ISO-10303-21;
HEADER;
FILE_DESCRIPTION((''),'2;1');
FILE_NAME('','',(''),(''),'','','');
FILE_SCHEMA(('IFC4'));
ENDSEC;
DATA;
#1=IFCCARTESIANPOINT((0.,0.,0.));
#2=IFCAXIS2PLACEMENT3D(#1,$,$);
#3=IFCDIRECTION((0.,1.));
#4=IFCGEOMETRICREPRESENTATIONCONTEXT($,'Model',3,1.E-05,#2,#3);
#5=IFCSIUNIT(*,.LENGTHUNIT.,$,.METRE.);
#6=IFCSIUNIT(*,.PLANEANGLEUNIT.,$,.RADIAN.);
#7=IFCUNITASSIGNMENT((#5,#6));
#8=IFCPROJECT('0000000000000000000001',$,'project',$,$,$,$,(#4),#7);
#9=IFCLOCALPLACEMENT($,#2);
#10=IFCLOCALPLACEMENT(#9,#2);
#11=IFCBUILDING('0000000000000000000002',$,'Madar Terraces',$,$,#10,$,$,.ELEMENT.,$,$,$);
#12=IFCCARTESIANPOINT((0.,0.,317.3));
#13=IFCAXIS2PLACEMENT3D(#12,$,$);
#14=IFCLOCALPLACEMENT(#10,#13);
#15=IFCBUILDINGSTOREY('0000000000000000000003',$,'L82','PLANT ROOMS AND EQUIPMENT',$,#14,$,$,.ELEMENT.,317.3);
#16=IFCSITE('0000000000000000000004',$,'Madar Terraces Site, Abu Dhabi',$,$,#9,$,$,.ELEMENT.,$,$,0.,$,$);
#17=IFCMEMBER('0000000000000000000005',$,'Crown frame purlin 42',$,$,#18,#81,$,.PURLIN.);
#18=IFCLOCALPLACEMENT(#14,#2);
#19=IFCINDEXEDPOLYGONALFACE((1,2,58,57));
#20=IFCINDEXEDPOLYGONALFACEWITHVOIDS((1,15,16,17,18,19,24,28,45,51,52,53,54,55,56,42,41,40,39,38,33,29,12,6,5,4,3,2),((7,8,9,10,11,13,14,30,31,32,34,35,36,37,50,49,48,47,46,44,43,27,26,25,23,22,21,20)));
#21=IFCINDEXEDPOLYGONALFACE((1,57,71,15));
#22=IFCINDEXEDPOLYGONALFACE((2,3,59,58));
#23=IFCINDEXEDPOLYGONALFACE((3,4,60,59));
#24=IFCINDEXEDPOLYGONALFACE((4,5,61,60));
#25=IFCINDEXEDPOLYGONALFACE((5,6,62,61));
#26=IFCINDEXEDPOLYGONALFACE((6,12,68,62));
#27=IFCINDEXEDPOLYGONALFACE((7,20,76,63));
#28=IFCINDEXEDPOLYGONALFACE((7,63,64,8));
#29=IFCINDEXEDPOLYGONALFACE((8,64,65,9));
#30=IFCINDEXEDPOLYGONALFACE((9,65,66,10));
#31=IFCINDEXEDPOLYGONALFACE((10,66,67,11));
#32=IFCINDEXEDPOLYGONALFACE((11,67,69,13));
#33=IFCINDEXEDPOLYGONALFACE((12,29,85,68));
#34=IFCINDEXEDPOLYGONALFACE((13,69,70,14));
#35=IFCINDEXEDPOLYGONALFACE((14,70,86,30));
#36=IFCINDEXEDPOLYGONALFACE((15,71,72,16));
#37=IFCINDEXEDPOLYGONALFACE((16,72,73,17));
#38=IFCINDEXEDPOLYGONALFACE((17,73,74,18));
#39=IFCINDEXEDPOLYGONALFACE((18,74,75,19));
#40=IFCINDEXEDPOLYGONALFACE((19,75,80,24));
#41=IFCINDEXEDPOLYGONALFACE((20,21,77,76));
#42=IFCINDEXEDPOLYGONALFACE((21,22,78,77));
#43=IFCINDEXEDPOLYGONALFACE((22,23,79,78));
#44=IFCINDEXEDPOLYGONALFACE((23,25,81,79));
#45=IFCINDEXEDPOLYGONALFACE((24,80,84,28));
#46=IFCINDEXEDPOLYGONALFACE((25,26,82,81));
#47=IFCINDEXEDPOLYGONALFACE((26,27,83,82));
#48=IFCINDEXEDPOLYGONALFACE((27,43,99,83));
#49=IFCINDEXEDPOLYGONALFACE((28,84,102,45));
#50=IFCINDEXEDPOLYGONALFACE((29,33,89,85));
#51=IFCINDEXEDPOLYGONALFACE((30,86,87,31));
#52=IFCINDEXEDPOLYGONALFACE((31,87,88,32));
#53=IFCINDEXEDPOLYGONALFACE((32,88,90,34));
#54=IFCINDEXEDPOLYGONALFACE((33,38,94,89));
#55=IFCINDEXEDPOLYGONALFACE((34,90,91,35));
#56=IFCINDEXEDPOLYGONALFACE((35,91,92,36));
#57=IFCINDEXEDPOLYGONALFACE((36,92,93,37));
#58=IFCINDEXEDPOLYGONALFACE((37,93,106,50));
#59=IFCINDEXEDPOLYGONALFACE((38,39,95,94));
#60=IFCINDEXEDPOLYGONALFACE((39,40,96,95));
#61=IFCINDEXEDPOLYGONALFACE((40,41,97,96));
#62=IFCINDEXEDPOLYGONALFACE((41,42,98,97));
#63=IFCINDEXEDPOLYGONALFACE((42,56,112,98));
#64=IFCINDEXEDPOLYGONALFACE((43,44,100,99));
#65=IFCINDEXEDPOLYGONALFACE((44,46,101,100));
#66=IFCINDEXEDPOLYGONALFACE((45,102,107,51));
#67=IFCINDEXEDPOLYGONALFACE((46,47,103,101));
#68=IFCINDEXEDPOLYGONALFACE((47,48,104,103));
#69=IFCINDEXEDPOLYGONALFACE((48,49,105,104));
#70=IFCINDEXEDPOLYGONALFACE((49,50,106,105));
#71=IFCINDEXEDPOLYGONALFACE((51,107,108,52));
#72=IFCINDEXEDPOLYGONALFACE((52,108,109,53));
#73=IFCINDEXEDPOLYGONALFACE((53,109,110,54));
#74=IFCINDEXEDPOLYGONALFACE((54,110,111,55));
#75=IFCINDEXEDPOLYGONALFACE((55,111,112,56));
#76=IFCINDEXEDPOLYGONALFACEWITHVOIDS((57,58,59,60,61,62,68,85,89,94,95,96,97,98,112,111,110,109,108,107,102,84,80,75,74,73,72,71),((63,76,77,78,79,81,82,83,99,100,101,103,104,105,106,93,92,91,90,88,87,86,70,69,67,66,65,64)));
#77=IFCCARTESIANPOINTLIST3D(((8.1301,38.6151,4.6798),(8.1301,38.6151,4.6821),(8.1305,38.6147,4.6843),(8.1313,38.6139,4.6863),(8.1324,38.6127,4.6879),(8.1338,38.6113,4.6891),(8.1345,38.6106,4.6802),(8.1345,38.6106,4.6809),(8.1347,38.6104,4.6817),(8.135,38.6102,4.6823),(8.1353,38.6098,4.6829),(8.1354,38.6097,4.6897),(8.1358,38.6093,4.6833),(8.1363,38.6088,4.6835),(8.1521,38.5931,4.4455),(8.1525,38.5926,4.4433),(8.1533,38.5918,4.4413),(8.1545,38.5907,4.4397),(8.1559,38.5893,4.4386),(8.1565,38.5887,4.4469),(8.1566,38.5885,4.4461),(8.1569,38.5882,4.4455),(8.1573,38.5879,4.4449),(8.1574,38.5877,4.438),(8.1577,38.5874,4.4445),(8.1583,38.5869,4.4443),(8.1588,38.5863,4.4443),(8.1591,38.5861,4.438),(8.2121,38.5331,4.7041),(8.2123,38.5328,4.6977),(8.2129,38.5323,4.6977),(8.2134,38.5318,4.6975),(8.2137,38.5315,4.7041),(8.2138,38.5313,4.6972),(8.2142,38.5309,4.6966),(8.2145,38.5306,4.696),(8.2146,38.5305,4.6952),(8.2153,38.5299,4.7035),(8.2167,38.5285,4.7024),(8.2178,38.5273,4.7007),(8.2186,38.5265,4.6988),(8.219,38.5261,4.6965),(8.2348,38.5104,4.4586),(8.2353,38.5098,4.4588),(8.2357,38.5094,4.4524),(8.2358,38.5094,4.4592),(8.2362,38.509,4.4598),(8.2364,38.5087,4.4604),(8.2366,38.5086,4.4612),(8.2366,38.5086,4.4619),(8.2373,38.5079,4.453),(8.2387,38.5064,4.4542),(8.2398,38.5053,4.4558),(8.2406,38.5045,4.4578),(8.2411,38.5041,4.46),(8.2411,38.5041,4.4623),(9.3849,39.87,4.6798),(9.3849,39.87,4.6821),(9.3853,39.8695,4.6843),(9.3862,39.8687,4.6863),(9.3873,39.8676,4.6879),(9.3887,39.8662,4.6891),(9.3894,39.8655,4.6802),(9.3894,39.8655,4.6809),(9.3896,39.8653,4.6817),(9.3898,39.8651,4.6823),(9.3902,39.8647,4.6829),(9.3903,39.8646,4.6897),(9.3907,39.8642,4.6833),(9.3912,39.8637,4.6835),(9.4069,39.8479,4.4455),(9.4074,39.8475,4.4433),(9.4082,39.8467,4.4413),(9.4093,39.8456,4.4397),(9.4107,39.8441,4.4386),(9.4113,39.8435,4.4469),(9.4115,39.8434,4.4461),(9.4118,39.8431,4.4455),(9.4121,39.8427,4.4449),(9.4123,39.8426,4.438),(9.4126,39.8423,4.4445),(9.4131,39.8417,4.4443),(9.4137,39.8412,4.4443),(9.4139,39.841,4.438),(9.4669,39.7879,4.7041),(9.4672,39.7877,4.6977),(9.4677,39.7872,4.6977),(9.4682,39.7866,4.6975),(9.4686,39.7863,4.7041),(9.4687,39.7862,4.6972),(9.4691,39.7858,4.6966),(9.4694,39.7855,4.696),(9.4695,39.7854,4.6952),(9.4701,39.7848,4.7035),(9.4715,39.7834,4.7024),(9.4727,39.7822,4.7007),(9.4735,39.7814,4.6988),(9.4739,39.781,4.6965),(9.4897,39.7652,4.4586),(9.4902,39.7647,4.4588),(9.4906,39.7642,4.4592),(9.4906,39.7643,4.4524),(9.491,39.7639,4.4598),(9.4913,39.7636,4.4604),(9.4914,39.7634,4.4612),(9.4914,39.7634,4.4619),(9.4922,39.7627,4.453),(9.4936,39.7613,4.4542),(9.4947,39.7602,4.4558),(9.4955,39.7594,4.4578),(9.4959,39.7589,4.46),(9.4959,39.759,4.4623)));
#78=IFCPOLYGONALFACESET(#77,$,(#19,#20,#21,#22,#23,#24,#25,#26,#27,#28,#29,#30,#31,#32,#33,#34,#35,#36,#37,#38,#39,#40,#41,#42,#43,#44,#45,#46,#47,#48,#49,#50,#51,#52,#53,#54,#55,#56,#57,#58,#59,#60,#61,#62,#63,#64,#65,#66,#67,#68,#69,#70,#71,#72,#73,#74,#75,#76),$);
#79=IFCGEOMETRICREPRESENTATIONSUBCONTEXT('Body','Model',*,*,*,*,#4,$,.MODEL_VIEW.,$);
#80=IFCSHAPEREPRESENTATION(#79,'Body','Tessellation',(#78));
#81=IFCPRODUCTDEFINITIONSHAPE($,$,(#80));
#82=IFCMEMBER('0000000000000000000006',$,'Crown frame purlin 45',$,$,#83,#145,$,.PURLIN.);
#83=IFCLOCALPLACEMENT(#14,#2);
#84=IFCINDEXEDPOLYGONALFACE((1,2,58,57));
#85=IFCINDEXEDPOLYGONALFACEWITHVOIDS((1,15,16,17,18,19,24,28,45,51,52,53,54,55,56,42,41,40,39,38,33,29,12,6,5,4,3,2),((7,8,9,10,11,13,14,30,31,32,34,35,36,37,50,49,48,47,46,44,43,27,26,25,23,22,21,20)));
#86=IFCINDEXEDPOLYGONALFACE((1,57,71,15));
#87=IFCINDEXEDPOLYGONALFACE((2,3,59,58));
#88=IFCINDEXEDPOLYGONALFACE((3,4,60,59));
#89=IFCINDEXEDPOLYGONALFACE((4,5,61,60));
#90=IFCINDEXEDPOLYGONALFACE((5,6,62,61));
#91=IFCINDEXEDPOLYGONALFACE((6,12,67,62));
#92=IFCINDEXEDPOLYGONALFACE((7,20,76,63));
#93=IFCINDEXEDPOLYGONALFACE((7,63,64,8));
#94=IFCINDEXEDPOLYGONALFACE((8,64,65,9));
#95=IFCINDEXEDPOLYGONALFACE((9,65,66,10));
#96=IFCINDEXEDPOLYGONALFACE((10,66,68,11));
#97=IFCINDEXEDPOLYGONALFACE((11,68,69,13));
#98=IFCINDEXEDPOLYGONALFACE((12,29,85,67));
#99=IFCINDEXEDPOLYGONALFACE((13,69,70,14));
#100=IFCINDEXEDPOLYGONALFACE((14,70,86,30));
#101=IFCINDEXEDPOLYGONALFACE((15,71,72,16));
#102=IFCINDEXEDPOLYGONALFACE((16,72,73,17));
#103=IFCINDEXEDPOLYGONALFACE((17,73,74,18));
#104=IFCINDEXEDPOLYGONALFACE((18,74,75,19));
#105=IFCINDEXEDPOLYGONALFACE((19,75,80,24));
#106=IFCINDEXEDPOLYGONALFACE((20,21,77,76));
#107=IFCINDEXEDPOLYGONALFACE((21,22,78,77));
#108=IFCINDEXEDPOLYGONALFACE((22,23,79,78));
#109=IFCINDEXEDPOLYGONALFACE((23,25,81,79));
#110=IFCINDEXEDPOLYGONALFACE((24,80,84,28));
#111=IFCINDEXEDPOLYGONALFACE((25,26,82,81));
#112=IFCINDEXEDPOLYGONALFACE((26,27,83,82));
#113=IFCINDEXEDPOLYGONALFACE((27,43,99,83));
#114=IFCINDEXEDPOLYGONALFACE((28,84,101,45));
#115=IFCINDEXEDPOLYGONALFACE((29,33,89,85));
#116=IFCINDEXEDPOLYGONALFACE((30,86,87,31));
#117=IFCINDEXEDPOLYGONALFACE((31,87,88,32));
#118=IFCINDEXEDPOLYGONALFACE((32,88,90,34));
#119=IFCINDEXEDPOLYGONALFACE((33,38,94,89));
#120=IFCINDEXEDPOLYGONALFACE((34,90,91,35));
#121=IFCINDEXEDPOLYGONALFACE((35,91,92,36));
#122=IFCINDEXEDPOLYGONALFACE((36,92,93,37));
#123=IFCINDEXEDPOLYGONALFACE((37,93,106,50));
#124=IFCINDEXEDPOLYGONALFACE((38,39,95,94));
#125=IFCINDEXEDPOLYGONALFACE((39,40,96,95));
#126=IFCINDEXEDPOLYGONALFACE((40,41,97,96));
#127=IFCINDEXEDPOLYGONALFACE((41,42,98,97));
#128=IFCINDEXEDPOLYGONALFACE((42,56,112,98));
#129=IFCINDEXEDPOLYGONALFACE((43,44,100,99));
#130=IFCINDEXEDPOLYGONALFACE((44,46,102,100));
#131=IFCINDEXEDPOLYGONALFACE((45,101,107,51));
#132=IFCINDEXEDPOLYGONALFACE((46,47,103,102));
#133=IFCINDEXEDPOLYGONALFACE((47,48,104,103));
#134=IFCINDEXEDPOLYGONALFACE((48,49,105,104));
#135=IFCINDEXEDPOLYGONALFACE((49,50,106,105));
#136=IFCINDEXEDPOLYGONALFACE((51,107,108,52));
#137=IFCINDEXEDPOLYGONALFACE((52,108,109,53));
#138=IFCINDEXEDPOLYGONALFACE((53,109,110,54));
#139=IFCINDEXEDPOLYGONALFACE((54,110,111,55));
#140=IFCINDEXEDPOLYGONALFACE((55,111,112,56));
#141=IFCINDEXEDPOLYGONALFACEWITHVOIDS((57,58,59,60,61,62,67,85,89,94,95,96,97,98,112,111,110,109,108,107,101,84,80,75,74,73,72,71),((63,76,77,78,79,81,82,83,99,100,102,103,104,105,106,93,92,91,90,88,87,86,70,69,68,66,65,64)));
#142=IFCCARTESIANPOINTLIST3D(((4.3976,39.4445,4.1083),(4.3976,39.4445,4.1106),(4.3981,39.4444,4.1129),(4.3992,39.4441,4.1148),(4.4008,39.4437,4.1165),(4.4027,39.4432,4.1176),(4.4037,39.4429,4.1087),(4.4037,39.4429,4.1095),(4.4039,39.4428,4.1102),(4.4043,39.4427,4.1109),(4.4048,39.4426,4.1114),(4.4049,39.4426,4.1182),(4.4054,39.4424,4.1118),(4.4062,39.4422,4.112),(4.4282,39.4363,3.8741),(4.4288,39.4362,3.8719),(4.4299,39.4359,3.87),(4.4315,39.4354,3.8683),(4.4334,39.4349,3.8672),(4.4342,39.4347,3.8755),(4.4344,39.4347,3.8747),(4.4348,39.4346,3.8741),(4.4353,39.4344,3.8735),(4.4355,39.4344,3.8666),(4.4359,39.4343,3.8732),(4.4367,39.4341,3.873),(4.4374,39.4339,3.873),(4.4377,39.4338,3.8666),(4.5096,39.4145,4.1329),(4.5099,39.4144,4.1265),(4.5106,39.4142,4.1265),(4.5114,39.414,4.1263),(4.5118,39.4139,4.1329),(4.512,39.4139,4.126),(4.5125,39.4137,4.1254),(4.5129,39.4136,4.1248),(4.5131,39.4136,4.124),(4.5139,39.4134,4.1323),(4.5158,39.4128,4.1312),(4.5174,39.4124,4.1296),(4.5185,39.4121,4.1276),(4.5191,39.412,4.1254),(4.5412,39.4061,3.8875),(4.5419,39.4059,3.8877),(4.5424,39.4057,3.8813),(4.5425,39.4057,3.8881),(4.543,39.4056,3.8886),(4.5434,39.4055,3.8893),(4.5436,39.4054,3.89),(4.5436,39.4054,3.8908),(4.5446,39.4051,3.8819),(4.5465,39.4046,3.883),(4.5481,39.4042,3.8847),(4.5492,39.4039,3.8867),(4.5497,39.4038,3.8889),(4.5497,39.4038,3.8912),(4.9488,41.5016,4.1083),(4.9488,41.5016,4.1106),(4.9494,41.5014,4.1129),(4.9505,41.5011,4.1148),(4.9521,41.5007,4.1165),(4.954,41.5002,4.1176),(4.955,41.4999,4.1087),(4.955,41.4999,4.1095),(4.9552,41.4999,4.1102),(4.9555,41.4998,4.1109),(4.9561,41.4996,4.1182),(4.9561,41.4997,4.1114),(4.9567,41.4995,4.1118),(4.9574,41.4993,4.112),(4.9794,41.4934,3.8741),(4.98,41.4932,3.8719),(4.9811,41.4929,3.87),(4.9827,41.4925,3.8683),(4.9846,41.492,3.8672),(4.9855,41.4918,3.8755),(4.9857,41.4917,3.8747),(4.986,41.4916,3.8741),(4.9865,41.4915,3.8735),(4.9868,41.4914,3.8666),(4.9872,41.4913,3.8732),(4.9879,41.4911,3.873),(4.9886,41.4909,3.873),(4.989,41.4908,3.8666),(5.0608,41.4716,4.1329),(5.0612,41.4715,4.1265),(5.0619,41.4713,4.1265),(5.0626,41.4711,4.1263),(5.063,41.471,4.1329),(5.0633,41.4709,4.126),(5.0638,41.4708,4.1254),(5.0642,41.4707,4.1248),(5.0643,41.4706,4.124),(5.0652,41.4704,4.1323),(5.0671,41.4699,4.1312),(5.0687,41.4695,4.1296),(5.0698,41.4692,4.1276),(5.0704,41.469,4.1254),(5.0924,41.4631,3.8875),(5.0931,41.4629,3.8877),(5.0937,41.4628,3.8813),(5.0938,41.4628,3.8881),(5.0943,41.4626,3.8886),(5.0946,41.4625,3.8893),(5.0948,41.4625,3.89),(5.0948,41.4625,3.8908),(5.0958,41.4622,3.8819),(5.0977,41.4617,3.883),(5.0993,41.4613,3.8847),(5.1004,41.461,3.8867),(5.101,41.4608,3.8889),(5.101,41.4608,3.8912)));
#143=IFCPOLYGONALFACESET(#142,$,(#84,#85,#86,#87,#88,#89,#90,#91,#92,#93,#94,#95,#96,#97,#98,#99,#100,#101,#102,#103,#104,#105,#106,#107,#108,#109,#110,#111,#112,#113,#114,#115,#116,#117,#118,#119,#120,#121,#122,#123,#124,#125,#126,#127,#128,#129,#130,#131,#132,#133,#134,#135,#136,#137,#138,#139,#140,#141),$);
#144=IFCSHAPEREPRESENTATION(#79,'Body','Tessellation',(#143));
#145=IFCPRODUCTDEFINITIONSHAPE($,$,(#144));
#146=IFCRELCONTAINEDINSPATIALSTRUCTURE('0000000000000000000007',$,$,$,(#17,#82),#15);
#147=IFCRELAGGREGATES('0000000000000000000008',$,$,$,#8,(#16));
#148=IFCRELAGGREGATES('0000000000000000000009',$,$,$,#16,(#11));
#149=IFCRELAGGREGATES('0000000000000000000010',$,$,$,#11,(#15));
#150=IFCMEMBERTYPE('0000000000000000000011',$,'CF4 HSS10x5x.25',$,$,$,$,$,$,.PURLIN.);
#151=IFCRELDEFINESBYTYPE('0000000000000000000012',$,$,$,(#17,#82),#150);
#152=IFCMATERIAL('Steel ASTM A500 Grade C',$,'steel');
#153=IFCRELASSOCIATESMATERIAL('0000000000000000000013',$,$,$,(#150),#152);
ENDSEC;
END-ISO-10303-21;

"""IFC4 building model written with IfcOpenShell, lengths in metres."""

from ifc_helpers import new_model, si_unit, direction, frame, origin, origin_2d, place, context, subcontext, project, spatial, hollow_rectangle, extrude, material, material_profile, profile_set, type_object, element, save


model = new_model("IFC4")

# Units and contexts
model_context = context("Model", 3, precision=1e-05, world=origin(), true_north=direction((0.0, 1.0)))
body_context = subcontext(model_context, "Body", "Model", "MODEL_VIEW")
ifc_project = project(units=[si_unit("LENGTHUNIT", "METRE"), si_unit("PLANEANGLEUNIT", "RADIAN")], contexts=[model_context])

# Site, building, storey
site_placement = place(None, origin())
site = spatial("IfcSite", under=ifc_project, at=site_placement, Name="Madar Terraces Site, Abu Dhabi", CompositionType="ELEMENT", RefElevation=0.0)
building_placement = place(site_placement, origin())
building = spatial("IfcBuilding", under=site, at=building_placement, Name="Madar Terraces", CompositionType="ELEMENT")
storey_placement = place(building_placement, frame((0.0, 0.0, 317.3)))
storey = spatial("IfcBuildingStorey", under=building, at=storey_placement, Name="L82", Description="PLANT ROOMS AND EQUIPMENT", CompositionType="ELEMENT", Elevation=317.3)

# Members
ifc_material_1 = material(Name="Steel ASTM A500 Grade C", Category="steel")
ifc_material_profile_1 = material_profile(ifc_material_1, hollow_rectangle(XDim=0.127, YDim=0.2539, WallThickness=0.0063, InnerFilletRadius=0.0029, OuterFilletRadius=0.0088, at=origin_2d()), Name="HSS10x5x.25")
ifc_profile_set_1 = profile_set([ifc_material_profile_1], Name="Steel ASTM A500 Grade C")
member_type_1 = type_object("IfcMemberType", Name="CF4 HSS10x5x.25", PredefinedType="PURLIN", material=ifc_profile_set_1)
member_1_placement = place(storey_placement, frame((9.4404, 39.8145, 4.571), z_axis=(-0.707107, -0.707107, 0.0), x_axis=(0.700941, -0.700941, 0.131765)))
element("IfcMember", 1, at=member_1_placement, inside=storey, type_object=member_type_1, Name="Crown frame purlin 42", PredefinedType="PURLIN", context=body_context, shape_type="SweptSolid", body=[
    extrude(hollow_rectangle(XDim=0.127, YDim=0.2539, WallThickness=0.0063, InnerFilletRadius=0.0029, OuterFilletRadius=0.0088, at=origin_2d()), origin(), (0.0, 0.0, 1.0), 1.7747),
])
member_2_placement = place(storey_placement, frame((5.0249, 41.4812, 3.9998), z_axis=(-0.258847, -0.965918, 0.0), x_axis=(0.957196, -0.256509, 0.134086)))
element("IfcMember", 2, at=member_2_placement, inside=storey, type_object=member_type_1, Name="Crown frame purlin 45", PredefinedType="PURLIN", context=body_context, shape_type="SweptSolid", body=[
    extrude(hollow_rectangle(XDim=0.127, YDim=0.2539, WallThickness=0.0063, InnerFilletRadius=0.0029, OuterFilletRadius=0.0088, at=origin_2d()), origin(), (0.0, 0.0, 1.0), 2.1296),
])

save(model, "model.ifc")
